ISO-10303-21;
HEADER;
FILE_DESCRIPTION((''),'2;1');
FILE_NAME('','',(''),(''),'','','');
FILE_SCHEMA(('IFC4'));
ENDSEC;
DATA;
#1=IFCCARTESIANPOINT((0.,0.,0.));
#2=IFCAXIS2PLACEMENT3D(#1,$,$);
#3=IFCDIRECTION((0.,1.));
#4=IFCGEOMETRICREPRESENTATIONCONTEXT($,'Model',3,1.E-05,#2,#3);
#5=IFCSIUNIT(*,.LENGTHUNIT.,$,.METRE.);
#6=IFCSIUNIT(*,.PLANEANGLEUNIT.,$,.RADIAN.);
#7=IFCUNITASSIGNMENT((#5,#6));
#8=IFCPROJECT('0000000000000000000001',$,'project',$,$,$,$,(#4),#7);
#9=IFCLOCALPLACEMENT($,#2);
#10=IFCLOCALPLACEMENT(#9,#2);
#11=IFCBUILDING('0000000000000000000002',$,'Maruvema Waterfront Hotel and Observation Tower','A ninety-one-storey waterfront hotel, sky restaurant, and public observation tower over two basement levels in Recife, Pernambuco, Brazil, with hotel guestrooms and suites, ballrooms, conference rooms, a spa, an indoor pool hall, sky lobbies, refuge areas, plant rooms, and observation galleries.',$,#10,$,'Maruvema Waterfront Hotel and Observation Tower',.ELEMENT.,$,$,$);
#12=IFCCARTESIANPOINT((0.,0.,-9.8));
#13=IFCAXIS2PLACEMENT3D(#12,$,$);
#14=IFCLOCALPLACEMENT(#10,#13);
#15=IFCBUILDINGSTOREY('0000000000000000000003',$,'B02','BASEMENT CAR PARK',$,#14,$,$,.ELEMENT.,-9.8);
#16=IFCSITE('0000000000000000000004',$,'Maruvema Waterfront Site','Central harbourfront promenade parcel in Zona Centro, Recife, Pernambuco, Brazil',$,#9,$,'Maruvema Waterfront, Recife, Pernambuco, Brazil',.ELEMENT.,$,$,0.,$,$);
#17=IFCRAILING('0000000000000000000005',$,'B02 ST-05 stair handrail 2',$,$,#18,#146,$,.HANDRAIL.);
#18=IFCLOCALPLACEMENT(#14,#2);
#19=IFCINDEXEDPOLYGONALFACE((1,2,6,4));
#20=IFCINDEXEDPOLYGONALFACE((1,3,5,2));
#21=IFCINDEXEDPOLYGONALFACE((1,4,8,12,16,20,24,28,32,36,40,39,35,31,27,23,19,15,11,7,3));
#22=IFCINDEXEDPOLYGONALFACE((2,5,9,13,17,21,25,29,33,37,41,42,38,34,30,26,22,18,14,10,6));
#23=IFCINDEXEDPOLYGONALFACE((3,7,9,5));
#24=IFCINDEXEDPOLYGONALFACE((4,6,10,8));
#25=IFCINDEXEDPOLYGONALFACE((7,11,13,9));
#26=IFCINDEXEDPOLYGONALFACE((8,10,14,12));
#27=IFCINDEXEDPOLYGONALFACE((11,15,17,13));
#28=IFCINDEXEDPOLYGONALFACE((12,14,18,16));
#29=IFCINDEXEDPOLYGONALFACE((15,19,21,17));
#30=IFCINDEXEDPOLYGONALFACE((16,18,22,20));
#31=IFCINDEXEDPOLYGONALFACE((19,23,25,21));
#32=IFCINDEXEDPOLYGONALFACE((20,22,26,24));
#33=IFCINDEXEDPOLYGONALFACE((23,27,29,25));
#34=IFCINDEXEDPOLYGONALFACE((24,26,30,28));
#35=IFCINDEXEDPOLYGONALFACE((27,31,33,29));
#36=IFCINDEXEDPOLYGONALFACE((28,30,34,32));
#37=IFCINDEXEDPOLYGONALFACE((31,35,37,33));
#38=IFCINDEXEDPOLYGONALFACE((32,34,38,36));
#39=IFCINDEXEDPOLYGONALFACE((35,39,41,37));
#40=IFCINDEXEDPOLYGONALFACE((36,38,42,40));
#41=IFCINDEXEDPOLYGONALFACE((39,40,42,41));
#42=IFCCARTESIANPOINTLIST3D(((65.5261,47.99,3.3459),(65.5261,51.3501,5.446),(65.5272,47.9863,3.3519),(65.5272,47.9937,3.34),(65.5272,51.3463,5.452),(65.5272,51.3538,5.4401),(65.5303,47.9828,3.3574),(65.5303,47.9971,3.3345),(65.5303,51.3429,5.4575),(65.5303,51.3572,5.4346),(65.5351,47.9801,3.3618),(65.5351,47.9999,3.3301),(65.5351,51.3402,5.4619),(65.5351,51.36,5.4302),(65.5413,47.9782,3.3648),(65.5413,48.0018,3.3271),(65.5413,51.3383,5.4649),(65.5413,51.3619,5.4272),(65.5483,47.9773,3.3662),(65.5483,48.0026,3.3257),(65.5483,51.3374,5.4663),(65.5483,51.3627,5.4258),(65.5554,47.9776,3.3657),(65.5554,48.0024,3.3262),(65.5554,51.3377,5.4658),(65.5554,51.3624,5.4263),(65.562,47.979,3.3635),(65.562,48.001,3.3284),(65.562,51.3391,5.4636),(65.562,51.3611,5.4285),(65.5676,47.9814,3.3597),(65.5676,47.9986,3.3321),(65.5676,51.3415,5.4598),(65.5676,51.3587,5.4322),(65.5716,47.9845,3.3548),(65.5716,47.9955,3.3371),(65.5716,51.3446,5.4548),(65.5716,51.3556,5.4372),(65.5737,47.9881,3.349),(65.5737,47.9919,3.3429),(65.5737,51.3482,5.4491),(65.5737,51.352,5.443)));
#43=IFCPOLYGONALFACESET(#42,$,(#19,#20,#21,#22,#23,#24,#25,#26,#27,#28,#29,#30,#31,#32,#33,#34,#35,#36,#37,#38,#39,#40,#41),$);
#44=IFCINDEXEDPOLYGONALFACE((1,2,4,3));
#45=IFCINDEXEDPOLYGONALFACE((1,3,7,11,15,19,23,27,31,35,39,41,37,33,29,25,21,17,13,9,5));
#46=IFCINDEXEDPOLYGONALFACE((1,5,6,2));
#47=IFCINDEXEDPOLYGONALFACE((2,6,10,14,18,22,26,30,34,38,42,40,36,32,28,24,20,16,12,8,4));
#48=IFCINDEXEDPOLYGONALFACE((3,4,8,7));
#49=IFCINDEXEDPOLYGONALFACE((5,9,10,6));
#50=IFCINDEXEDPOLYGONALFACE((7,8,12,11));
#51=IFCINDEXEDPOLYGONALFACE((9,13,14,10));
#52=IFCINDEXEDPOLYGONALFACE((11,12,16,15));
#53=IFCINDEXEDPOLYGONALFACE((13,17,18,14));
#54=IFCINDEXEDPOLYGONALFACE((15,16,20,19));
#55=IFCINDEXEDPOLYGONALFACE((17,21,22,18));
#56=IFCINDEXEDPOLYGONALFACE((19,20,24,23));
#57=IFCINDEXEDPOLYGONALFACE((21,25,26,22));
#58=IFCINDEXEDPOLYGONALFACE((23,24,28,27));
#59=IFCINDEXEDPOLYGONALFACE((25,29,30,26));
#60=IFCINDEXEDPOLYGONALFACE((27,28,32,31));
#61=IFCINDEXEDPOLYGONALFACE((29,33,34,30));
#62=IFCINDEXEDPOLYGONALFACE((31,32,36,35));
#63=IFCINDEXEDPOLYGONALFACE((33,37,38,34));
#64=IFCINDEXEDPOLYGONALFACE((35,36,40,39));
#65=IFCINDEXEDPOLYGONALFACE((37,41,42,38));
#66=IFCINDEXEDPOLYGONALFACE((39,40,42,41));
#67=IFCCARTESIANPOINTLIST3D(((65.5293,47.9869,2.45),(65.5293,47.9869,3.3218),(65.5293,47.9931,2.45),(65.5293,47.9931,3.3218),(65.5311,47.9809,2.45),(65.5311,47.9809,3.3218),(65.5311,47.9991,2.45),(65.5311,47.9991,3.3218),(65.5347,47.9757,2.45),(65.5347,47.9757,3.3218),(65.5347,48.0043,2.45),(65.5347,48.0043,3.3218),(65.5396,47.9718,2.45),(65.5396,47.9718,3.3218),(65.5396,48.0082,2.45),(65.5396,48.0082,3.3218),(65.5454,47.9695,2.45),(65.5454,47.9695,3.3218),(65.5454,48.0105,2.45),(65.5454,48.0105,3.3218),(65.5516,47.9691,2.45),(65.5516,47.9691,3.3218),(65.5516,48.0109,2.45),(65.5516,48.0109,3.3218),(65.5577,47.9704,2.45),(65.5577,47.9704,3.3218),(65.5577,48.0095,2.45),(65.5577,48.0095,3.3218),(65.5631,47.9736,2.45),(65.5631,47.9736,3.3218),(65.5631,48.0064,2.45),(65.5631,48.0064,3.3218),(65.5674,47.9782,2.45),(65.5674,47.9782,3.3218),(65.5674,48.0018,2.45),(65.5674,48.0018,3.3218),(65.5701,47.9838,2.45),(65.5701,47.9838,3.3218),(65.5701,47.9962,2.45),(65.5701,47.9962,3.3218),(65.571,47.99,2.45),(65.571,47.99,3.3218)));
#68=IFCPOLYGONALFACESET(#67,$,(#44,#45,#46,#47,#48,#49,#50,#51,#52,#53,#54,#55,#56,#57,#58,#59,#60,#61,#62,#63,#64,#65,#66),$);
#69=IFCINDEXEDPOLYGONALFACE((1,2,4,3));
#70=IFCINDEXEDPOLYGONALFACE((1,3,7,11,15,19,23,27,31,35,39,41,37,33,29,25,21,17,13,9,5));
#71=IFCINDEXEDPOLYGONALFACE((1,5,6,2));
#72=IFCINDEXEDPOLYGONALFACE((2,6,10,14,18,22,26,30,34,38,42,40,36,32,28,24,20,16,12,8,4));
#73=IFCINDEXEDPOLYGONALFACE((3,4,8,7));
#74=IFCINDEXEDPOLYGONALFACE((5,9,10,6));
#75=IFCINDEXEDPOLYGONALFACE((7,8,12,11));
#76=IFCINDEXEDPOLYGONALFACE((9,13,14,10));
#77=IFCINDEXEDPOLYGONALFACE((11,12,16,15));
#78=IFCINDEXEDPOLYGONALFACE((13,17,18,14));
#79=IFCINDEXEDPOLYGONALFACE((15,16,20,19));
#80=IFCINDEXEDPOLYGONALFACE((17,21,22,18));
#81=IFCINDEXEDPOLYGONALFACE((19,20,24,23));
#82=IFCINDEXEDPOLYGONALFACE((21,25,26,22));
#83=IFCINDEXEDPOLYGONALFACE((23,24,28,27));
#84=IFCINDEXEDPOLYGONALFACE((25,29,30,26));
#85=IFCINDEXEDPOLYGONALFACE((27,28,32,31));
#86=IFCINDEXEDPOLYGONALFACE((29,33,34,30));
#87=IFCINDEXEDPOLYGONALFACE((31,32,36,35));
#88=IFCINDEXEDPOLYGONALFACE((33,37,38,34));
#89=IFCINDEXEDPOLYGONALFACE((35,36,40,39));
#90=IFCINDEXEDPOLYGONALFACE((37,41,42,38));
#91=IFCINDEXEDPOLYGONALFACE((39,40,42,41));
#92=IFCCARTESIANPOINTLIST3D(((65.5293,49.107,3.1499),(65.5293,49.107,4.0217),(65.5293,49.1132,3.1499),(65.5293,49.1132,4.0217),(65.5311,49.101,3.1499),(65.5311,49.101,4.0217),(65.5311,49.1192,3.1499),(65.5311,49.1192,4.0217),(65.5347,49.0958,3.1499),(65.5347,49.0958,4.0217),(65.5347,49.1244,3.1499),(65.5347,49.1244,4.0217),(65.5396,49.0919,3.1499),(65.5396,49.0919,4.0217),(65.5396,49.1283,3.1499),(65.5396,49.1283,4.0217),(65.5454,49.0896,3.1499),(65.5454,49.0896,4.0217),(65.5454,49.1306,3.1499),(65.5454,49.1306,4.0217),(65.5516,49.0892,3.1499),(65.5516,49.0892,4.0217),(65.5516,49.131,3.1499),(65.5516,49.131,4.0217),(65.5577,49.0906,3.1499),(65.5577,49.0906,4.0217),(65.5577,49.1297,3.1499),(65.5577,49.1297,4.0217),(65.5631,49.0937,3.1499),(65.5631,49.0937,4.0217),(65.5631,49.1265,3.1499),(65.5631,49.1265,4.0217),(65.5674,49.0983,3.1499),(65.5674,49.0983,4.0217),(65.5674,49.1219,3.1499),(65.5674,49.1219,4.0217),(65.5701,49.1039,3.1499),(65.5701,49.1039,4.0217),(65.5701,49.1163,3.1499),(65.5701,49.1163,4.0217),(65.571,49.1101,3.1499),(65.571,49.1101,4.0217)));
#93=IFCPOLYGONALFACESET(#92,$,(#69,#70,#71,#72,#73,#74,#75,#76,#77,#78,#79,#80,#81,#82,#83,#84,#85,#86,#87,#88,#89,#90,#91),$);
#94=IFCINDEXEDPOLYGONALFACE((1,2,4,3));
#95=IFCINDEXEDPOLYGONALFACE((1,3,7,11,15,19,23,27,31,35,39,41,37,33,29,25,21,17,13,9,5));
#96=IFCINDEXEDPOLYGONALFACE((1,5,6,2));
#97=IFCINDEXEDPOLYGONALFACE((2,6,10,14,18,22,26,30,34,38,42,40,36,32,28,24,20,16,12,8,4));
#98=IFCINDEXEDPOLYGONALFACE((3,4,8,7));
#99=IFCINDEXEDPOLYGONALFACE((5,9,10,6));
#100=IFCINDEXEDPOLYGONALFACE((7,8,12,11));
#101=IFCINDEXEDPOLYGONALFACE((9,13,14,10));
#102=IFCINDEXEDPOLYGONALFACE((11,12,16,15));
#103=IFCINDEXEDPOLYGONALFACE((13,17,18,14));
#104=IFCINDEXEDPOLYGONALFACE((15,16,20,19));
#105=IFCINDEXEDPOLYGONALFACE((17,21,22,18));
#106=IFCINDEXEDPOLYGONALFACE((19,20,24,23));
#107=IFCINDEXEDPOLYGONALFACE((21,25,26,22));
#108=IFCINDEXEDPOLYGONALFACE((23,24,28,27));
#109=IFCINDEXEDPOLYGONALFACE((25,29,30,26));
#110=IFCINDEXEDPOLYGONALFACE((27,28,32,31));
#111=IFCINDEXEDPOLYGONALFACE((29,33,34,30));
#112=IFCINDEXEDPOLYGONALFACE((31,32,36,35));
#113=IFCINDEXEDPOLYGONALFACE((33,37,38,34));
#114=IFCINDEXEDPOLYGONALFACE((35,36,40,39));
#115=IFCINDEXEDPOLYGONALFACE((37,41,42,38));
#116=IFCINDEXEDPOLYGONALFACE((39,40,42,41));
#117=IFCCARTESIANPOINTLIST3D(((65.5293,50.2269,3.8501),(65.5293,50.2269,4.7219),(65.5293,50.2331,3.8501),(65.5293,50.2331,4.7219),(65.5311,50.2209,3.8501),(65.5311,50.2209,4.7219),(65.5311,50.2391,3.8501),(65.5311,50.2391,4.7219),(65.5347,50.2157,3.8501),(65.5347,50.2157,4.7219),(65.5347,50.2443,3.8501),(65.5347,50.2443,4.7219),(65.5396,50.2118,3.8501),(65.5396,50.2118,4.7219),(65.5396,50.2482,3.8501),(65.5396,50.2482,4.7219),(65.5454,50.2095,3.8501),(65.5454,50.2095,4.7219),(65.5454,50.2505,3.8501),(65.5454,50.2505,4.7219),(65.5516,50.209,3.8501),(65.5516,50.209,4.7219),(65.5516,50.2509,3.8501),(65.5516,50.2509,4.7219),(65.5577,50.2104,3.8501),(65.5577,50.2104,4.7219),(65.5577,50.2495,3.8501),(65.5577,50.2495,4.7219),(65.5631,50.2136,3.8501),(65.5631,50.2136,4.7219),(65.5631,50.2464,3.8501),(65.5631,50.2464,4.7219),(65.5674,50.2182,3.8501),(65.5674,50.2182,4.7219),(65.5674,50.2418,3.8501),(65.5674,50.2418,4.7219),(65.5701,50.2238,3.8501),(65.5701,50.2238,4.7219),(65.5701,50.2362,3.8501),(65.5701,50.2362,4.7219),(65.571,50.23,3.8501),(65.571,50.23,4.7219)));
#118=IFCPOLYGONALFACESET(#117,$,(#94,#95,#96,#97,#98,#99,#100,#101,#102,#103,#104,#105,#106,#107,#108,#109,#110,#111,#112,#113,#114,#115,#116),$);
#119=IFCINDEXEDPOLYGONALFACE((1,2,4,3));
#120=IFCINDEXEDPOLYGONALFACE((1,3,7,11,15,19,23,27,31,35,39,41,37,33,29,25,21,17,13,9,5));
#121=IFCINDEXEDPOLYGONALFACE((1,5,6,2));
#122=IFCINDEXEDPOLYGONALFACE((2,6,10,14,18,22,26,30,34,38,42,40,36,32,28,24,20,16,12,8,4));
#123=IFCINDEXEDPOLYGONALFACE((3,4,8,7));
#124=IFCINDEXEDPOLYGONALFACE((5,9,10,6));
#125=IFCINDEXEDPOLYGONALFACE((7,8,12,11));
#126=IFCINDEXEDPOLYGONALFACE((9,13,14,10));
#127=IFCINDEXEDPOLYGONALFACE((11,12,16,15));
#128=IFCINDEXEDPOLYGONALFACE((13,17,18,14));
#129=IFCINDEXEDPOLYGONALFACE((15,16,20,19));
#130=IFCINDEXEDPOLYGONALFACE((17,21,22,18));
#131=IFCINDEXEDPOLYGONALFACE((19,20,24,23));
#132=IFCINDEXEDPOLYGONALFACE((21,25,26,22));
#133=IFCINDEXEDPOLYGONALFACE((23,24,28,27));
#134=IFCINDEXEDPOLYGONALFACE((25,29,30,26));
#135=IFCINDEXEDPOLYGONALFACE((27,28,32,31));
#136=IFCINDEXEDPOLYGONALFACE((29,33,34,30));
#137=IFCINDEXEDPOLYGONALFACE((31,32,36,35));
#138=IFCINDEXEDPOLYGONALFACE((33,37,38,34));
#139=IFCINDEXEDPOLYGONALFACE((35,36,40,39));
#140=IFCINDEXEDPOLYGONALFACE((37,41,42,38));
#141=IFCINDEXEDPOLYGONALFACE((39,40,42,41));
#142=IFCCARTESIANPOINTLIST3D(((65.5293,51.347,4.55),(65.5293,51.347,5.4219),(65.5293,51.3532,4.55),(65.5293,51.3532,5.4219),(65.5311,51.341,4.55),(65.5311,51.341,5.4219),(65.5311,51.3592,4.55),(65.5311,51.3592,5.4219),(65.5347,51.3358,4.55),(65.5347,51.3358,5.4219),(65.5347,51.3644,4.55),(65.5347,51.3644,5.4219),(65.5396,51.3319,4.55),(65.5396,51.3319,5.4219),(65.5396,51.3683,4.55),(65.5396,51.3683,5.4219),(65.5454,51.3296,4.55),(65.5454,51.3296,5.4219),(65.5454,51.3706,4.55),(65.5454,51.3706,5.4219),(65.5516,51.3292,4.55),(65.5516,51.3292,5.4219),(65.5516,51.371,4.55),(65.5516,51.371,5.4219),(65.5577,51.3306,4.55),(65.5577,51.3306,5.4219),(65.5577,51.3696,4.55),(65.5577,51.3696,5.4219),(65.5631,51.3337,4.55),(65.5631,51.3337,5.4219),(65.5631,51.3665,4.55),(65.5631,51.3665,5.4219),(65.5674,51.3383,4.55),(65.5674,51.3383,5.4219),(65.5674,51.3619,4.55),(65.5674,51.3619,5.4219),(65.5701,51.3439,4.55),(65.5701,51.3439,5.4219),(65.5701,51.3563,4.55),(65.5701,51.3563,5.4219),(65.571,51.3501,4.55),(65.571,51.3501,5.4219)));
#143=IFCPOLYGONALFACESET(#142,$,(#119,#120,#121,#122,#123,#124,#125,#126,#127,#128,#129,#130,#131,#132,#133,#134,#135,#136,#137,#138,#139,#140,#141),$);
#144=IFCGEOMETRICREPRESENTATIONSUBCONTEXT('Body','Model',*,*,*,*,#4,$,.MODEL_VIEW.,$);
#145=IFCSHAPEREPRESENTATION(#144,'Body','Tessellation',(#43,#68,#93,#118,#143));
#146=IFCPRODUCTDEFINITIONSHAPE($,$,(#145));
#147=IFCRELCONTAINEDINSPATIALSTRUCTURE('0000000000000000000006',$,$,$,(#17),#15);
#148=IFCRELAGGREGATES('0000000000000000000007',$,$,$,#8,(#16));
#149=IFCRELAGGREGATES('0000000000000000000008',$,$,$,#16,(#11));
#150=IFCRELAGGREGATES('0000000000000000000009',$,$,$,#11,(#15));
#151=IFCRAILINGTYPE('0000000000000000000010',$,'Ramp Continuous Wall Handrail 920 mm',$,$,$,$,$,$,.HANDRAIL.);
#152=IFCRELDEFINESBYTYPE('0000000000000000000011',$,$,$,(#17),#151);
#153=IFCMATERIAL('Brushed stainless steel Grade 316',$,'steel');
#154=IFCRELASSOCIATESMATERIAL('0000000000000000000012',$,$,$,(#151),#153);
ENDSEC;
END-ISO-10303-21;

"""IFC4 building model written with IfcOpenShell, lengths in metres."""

from ifc_helpers import new_model, si_unit, direction, frame, origin, origin_2d, place, context, subcontext, project, spatial, circle, extrude, material, type_object, element, save


model = new_model("IFC4")

# Units and contexts
model_context = context("Model", 3, precision=1e-05, world=origin(), true_north=direction((0.0, 1.0)))
body_context = subcontext(model_context, "Body", "Model", "MODEL_VIEW")
ifc_project = project(units=[si_unit("LENGTHUNIT", "METRE"), si_unit("PLANEANGLEUNIT", "RADIAN")], contexts=[model_context])

# Site, building, storey
site_placement = place(None, origin())
site = spatial("IfcSite", under=ifc_project, at=site_placement, Name="Maruvema Waterfront Site", Description="Central harbourfront promenade parcel in Zona Centro, Recife, Pernambuco, Brazil", LongName="Maruvema Waterfront, Recife, Pernambuco, Brazil", CompositionType="ELEMENT", RefElevation=0.0)
building_placement = place(site_placement, origin())
building = spatial("IfcBuilding", under=site, at=building_placement, Name="Maruvema Waterfront Hotel and Observation Tower", Description="A ninety-one-storey waterfront hotel, sky restaurant, and public observation tower over two basement levels in Recife, Pernambuco, Brazil, with hotel guestrooms and suites, ballrooms, conference rooms, a spa, an indoor pool hall, sky lobbies, refuge areas, plant rooms, and observation galleries.", LongName="Maruvema Waterfront Hotel and Observation Tower", CompositionType="ELEMENT")
storey_placement = place(building_placement, frame((0.0, 0.0, -9.8)))
storey = spatial("IfcBuildingStorey", under=building, at=storey_placement, Name="B02", Description="BASEMENT CAR PARK", CompositionType="ELEMENT", Elevation=-9.8)

# Railing
ifc_material_1 = material(Name="Brushed stainless steel Grade 316", Category="steel")
railing_type_1 = type_object("IfcRailingType", Name="Ramp Continuous Wall Handrail 920 mm", PredefinedType="HANDRAIL", material=ifc_material_1)
railing_1_placement = place(storey_placement, frame((65.55, 47.99, 2.45)))
element("IfcRailing", 1, at=railing_1_placement, inside=storey, type_object=railing_type_1, Name="B02 ST-05 stair handrail 2", PredefinedType="HANDRAIL", context=body_context, shape_type="SweptSolid", body=[
    extrude(circle(Radius=0.0239, at=origin_2d()), frame((0.0, 0.0, 0.896), z_axis=(0.0, 0.847995, 0.530004), x_axis=(-1.0, 0.0, 0.0)), (0.0, 0.0, 1.0), 3.9624),
    extrude(circle(Radius=0.021, at=origin_2d()), origin(), (0.0, 0.0, 1.0), 0.8718),
    extrude(circle(Radius=0.021, at=origin_2d()), frame((0.0, 1.1201, 0.7)), (0.0, 0.0, 1.0), 0.8718),
    extrude(circle(Radius=0.021, at=origin_2d()), frame((0.0, 2.24, 1.4001)), (0.0, 0.0, 1.0), 0.8718),
    extrude(circle(Radius=0.021, at=origin_2d()), frame((0.0, 3.3601, 2.1001)), (0.0, 0.0, 1.0), 0.8718),
])

save(model, "model.ifc")
